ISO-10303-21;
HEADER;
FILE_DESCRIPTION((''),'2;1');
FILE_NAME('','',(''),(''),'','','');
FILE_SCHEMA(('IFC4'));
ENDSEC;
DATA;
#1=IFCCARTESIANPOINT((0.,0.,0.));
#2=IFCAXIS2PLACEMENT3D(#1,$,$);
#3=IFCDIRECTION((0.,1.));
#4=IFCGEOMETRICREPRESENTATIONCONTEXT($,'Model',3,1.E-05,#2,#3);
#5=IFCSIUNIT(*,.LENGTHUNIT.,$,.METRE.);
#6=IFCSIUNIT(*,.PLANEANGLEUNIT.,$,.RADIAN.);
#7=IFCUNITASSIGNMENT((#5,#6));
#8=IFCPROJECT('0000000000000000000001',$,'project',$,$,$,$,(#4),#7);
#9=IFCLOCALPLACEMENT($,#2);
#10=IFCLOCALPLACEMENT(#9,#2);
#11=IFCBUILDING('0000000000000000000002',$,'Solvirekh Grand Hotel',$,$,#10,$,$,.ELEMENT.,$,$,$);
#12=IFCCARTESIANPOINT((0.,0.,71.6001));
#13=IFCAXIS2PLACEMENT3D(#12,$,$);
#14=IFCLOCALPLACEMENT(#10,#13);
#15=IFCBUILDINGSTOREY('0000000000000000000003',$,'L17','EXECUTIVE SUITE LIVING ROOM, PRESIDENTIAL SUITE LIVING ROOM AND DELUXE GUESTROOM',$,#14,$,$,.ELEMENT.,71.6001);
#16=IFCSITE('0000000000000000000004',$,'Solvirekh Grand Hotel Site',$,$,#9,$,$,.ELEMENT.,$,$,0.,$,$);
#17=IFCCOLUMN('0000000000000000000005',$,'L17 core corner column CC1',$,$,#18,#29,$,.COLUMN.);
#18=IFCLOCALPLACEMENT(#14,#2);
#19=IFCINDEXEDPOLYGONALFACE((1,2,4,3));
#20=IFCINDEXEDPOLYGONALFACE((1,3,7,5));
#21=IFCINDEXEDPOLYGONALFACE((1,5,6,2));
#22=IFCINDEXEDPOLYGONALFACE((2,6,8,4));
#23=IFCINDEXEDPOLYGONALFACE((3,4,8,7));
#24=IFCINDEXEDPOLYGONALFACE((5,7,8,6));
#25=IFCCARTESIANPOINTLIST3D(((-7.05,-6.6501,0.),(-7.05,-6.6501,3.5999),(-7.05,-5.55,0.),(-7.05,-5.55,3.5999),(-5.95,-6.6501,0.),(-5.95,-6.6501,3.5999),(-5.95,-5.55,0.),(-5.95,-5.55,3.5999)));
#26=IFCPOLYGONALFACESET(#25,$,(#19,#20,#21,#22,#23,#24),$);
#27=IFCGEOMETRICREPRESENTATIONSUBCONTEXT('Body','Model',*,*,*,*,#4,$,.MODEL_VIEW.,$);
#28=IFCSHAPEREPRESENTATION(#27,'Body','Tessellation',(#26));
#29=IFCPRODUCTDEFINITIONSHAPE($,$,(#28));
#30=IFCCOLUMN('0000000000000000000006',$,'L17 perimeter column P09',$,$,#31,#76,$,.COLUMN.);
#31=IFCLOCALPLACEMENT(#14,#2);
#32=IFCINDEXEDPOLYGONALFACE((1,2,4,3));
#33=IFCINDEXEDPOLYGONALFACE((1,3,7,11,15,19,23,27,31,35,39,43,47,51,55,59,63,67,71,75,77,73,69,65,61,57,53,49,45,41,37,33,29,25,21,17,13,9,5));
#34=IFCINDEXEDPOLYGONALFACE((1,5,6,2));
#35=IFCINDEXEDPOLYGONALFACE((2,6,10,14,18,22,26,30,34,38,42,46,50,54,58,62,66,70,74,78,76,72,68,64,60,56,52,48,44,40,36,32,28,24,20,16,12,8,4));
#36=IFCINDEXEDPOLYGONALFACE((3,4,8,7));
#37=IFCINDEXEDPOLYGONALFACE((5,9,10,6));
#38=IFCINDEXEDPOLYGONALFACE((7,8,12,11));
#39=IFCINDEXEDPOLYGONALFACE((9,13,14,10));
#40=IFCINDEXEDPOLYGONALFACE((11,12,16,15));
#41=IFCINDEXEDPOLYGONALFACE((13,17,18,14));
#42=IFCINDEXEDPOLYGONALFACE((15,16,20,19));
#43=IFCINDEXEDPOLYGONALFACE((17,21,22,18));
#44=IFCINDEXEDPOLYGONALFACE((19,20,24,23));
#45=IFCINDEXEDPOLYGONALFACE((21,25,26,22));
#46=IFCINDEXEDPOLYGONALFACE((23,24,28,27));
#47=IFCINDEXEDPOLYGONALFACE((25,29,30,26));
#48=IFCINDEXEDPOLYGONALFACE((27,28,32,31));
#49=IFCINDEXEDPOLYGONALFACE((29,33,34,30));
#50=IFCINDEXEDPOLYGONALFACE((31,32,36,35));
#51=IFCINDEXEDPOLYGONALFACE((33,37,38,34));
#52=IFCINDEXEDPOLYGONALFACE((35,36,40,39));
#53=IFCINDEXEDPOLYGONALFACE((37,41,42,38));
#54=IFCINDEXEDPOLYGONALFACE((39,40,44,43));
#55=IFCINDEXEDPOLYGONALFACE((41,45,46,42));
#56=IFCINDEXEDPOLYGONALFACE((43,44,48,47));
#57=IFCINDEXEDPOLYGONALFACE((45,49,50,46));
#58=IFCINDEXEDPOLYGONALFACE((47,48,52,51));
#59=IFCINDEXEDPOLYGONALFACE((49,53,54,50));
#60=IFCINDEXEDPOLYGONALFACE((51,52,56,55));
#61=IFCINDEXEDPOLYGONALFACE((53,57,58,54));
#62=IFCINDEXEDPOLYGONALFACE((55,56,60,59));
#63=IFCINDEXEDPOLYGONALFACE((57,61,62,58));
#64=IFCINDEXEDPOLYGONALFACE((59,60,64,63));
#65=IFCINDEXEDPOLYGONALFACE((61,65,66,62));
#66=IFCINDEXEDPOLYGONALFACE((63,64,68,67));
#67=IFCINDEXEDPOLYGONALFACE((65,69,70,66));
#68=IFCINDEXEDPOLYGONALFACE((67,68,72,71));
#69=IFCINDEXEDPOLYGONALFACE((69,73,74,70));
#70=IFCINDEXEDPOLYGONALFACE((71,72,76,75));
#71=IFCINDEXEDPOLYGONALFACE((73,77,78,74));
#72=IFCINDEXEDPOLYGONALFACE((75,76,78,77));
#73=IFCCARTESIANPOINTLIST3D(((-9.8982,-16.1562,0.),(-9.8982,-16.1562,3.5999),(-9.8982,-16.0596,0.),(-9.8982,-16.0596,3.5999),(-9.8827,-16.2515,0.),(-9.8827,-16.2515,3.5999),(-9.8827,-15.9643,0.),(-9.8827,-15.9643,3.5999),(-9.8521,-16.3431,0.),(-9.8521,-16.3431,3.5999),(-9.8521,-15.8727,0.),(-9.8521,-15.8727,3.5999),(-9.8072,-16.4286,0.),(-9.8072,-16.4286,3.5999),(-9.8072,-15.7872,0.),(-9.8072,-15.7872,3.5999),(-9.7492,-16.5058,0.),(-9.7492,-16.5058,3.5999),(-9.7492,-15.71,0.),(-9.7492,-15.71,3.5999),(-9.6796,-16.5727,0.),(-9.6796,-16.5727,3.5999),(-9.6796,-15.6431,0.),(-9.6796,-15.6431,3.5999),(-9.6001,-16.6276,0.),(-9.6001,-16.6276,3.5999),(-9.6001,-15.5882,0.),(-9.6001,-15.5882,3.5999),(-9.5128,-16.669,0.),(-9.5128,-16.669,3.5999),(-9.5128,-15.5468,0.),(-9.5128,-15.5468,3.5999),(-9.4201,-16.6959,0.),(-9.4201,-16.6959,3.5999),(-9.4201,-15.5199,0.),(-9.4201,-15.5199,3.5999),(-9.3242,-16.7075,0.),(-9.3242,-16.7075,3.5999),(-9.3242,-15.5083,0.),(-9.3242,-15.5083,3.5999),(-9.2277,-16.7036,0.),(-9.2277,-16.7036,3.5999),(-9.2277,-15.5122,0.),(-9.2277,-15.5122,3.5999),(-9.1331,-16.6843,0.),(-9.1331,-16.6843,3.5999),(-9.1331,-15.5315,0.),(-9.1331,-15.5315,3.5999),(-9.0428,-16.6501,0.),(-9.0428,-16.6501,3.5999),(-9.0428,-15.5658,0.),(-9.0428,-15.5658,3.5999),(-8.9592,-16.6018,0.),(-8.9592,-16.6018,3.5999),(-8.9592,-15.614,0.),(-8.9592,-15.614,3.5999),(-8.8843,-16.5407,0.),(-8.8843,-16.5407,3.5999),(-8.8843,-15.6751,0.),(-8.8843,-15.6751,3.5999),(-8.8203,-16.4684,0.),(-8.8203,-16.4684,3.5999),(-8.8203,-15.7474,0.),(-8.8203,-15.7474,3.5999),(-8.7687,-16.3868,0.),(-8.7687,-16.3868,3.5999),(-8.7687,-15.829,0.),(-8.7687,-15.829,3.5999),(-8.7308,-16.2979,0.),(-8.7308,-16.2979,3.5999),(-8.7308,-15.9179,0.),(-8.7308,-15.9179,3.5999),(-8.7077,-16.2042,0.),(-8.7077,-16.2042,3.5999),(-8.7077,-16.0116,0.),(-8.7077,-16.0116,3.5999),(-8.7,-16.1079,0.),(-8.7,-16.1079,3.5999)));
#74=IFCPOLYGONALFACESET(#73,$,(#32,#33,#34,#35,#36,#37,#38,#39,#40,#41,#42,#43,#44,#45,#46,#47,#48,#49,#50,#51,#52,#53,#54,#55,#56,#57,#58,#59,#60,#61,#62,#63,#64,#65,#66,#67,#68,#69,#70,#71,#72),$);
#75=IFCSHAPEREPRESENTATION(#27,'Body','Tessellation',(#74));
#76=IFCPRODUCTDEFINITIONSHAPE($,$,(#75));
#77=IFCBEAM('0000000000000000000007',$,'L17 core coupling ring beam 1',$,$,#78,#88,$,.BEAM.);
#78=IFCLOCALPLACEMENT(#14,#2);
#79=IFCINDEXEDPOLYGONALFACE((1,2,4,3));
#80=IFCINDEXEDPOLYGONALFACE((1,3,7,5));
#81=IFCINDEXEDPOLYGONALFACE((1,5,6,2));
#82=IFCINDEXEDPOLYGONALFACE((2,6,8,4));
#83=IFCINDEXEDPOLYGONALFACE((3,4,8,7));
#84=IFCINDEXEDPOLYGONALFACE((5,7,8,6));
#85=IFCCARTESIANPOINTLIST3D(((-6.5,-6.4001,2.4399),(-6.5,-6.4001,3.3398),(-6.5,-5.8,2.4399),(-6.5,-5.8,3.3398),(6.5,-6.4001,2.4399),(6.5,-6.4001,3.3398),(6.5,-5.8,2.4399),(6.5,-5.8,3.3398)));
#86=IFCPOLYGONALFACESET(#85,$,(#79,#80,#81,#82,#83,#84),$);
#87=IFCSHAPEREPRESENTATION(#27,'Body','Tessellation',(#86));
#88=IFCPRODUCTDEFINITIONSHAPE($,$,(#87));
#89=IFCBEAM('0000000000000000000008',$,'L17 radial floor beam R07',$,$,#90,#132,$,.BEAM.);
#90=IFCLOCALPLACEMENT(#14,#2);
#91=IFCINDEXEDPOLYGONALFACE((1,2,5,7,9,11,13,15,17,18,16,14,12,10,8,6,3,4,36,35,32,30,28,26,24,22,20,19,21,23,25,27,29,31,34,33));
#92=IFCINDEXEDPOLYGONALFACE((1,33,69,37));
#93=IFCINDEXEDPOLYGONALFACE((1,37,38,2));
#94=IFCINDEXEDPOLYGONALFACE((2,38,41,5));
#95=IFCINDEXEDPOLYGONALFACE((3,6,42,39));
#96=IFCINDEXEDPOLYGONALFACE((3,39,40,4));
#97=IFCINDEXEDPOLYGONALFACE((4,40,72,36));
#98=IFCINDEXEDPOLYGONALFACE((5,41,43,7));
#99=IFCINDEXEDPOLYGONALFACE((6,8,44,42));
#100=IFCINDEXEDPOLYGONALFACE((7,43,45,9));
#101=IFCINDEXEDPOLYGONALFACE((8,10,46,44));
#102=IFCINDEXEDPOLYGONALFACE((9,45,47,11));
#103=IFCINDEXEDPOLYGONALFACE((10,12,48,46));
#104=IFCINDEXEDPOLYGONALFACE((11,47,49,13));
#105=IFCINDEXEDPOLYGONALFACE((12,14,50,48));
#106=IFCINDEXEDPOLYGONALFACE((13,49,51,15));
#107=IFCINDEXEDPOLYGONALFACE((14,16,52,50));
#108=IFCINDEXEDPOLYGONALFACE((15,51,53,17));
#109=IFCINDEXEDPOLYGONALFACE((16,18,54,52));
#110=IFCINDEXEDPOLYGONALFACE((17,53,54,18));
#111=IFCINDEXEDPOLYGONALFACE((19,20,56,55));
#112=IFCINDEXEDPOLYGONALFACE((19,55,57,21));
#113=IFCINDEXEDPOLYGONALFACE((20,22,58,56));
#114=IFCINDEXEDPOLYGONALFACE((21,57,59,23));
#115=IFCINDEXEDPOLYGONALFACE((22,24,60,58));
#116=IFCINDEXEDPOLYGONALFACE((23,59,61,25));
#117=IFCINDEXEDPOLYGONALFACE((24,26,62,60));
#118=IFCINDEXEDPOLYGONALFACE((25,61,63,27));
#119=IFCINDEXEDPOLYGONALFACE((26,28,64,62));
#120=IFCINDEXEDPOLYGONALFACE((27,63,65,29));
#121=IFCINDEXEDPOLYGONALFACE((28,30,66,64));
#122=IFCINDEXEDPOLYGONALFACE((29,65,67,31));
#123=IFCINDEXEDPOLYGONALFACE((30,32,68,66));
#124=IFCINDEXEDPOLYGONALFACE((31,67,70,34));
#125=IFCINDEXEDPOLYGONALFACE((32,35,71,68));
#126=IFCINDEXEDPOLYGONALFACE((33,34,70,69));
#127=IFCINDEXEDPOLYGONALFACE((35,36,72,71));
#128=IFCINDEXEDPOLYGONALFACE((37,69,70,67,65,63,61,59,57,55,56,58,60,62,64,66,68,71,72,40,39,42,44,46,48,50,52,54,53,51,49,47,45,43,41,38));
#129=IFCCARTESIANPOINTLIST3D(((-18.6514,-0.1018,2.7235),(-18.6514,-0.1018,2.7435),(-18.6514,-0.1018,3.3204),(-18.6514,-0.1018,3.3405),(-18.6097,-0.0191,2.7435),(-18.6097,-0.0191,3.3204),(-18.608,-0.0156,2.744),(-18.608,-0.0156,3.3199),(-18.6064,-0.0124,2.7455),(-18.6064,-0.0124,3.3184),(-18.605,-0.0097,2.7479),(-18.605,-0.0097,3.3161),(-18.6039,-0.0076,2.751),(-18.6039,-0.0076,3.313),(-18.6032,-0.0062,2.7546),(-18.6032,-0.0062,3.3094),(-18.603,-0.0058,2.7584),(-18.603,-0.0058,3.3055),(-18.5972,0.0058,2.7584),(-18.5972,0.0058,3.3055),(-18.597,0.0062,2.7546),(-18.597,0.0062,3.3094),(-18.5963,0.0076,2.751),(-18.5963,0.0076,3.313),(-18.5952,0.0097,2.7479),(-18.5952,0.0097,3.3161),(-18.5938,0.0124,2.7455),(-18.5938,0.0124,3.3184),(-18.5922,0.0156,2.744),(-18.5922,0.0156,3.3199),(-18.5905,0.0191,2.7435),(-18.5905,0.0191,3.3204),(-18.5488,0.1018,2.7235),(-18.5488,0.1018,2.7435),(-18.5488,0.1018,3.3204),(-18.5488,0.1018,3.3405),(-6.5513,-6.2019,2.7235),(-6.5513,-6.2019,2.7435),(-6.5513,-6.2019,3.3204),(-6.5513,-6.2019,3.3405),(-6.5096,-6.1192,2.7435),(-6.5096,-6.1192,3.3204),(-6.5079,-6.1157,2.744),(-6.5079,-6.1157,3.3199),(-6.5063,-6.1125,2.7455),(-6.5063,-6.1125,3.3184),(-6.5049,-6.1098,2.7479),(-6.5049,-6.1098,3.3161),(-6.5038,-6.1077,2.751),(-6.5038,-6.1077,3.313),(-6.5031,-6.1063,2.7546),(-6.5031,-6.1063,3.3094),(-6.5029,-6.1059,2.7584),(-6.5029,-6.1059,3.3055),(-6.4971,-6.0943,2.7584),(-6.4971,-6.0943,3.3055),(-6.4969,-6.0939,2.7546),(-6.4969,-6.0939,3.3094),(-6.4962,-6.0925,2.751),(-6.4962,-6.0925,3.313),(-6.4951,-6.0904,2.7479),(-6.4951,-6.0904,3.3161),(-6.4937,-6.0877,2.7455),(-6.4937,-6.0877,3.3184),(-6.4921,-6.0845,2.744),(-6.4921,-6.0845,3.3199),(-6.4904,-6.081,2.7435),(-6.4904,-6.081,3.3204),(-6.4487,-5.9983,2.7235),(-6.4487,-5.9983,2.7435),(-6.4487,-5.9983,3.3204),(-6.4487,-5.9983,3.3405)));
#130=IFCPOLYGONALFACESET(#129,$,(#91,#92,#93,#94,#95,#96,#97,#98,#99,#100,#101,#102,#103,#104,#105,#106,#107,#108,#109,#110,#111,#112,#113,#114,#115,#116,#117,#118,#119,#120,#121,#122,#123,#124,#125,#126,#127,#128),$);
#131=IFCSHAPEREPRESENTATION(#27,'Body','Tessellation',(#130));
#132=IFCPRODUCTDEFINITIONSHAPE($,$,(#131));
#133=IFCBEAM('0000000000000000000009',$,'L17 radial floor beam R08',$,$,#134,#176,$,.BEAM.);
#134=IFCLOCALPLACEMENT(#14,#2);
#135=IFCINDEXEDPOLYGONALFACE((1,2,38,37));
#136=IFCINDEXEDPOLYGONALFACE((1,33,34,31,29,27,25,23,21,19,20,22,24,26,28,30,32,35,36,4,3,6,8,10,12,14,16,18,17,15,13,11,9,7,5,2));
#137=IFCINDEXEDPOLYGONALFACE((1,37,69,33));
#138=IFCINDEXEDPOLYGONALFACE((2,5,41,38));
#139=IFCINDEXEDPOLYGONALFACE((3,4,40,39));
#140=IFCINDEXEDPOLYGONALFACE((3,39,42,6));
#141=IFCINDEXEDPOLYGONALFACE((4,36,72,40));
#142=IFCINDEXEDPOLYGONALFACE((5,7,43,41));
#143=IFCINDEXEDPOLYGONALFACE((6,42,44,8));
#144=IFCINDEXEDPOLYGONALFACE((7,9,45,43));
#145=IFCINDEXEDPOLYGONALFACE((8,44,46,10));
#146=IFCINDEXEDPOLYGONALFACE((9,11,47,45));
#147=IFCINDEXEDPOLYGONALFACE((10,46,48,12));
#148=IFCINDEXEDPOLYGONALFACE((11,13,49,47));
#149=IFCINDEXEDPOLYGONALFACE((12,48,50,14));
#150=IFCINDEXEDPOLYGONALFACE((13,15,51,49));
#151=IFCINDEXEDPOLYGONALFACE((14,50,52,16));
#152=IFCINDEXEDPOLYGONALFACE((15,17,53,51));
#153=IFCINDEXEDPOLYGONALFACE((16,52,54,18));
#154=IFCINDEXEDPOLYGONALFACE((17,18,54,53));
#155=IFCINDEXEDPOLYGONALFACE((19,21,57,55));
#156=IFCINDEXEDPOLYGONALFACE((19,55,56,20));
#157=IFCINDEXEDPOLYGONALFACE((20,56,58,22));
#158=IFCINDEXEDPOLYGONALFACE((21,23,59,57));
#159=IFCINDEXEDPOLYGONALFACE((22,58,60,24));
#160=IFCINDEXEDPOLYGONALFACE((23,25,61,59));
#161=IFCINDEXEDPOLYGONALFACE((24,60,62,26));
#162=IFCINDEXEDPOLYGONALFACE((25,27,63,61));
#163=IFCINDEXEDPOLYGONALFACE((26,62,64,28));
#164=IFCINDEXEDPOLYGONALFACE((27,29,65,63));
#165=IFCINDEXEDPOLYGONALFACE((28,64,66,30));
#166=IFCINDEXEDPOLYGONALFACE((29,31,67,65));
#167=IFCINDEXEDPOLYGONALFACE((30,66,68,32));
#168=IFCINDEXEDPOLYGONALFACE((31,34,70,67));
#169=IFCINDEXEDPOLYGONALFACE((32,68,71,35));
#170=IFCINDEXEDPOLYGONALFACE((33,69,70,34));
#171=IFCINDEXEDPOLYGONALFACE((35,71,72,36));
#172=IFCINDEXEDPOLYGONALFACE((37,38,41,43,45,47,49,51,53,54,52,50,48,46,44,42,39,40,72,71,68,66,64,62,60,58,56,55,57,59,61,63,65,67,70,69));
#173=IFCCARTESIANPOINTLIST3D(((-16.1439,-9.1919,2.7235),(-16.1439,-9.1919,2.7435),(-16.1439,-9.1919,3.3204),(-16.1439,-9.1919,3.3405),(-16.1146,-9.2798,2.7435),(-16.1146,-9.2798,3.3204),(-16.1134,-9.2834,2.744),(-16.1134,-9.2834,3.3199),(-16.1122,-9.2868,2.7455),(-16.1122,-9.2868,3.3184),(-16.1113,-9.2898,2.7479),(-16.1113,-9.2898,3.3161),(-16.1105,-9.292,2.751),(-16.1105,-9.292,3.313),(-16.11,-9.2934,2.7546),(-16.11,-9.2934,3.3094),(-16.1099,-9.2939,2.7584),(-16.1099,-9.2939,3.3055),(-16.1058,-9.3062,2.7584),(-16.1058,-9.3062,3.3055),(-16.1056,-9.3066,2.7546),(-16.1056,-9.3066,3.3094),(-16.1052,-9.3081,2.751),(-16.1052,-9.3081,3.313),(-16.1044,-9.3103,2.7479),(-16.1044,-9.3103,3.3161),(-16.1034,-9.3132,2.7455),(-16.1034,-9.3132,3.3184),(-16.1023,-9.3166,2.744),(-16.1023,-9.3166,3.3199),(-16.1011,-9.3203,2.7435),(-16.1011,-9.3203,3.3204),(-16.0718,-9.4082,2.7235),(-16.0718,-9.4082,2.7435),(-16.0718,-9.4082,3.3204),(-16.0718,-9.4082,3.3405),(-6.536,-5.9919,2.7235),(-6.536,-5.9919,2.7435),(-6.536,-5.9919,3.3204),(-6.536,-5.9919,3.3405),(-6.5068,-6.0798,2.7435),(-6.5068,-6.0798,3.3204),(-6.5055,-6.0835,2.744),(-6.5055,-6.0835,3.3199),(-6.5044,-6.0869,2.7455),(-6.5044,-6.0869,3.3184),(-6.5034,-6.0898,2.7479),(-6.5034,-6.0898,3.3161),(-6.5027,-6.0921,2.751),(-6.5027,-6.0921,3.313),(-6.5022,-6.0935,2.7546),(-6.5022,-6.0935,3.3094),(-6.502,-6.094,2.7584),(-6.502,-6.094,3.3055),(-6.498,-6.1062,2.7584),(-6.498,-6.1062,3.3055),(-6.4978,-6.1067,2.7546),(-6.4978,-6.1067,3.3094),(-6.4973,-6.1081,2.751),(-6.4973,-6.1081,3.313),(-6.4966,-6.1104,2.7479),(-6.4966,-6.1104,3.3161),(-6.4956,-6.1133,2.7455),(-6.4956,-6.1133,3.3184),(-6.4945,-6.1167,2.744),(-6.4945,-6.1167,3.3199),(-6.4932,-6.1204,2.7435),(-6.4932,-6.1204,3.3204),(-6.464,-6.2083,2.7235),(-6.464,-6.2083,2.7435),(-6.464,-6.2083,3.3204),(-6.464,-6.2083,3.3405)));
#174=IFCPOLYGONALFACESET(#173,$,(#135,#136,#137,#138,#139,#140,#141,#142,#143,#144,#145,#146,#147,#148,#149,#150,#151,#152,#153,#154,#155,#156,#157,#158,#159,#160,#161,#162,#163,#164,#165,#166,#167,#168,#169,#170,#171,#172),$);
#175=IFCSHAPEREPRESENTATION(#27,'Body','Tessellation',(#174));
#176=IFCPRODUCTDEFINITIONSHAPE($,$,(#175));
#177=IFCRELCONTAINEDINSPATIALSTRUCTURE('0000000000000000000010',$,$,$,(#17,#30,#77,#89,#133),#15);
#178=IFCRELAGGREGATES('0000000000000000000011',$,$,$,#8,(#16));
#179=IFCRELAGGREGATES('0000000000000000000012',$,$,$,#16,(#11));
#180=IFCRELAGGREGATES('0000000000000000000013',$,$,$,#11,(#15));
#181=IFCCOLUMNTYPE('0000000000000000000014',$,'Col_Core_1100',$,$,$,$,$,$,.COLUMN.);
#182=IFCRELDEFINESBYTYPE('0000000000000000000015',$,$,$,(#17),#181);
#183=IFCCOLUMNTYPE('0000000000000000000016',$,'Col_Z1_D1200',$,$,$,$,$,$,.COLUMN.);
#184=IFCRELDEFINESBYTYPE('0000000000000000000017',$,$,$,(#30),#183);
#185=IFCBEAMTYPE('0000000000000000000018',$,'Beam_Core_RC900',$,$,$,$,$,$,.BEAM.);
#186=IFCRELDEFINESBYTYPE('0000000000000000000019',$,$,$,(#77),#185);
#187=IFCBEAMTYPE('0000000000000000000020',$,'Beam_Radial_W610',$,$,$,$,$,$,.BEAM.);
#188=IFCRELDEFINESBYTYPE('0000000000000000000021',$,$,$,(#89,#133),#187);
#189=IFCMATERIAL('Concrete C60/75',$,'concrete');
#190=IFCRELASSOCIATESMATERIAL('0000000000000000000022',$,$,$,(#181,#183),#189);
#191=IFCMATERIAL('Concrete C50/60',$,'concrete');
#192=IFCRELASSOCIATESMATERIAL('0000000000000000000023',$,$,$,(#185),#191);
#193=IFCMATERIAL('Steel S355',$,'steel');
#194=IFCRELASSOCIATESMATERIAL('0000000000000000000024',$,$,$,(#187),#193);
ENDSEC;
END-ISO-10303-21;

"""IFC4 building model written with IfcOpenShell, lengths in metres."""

from ifc_helpers import new_model, si_unit, direction, frame, origin, origin_2d, place, context, subcontext, project, spatial, rectangle, circle, i_section, extrude, material, material_profile, profile_set, type_object, element, save


model = new_model("IFC4")

# Units and contexts
model_context = context("Model", 3, precision=1e-05, world=origin(), true_north=direction((0.0, 1.0)))
body_context = subcontext(model_context, "Body", "Model", "MODEL_VIEW")
ifc_project = project(units=[si_unit("LENGTHUNIT", "METRE"), si_unit("PLANEANGLEUNIT", "RADIAN")], contexts=[model_context])

# Site, building, storey
site_placement = place(None, origin())
site = spatial("IfcSite", under=ifc_project, at=site_placement, Name="Solvirekh Grand Hotel Site", CompositionType="ELEMENT", RefElevation=0.0)
building_placement = place(site_placement, origin())
building = spatial("IfcBuilding", under=site, at=building_placement, Name="Solvirekh Grand Hotel", CompositionType="ELEMENT")
storey_placement = place(building_placement, frame((0.0, 0.0, 71.6001)))
storey = spatial("IfcBuildingStorey", under=building, at=storey_placement, Name="L17", Description="EXECUTIVE SUITE LIVING ROOM, PRESIDENTIAL SUITE LIVING ROOM AND DELUXE GUESTROOM", CompositionType="ELEMENT", Elevation=71.6001)

# Columns
ifc_material_1 = material(Name="Concrete C60/75", Category="concrete")
ifc_material_profile_1 = material_profile(ifc_material_1, rectangle(XDim=1.1001, YDim=1.1001, at=origin_2d()), Name="RC 1100X1100")
ifc_profile_set_1 = profile_set([ifc_material_profile_1], Name="Concrete C60/75")
column_type_1 = type_object("IfcColumnType", Name="Col_Core_1100", PredefinedType="COLUMN", material=ifc_profile_set_1)
column_1_placement = place(storey_placement, frame((-6.5, -6.1001, 0.0), z_axis=(0.0, 0.0, 1.0), x_axis=(1.0, 0.0, 0.0)))
element("IfcColumn", 1, at=column_1_placement, inside=storey, type_object=column_type_1, Name="L17 core corner column CC1", PredefinedType="COLUMN", context=body_context, shape_type="SweptSolid", body=[
    extrude(rectangle(XDim=1.1001, YDim=1.1001, at=origin_2d()), origin(), (0.0, 0.0, 1.0), 3.5999),
])
ifc_material_profile_2 = material_profile(ifc_material_1, circle(Radius=0.6001, at=origin_2d()), Name="RC CIRC D1200")
ifc_profile_set_2 = profile_set([ifc_material_profile_2], Name="Concrete C60/75")
column_type_2 = type_object("IfcColumnType", Name="Col_Z1_D1200", PredefinedType="COLUMN", material=ifc_profile_set_2)
column_2_placement = place(storey_placement, frame((-9.3, -16.1079, 0.0), z_axis=(0.0, 0.0, 1.0), x_axis=(1.0, 0.0, 0.0)))
element("IfcColumn", 2, at=column_2_placement, inside=storey, type_object=column_type_2, Name="L17 perimeter column P09", PredefinedType="COLUMN", context=body_context, shape_type="SweptSolid", body=[
    extrude(circle(Radius=0.6001, at=origin_2d()), origin(), (0.0, 0.0, 1.0), 3.5999),
])

# Beams
ifc_material_2 = material(Name="Concrete C50/60", Category="concrete")
ifc_material_profile_3 = material_profile(ifc_material_2, rectangle(XDim=0.6001, YDim=0.8999, at=origin_2d()), Name="RC BEAM 600X900")
ifc_profile_set_3 = profile_set([ifc_material_profile_3], Name="Concrete C50/60")
beam_type_1 = type_object("IfcBeamType", Name="Beam_Core_RC900", PredefinedType="BEAM", material=ifc_profile_set_3)
beam_1_placement = place(storey_placement, frame((-6.5, -6.1001, 2.8899), z_axis=(1.0, 0.0, 0.0), x_axis=(0.0, 1.0, 0.0)))
element("IfcBeam", 3, at=beam_1_placement, inside=storey, type_object=beam_type_1, Name="L17 core coupling ring beam 1", PredefinedType="BEAM", context=body_context, shape_type="SweptSolid", body=[
    extrude(rectangle(XDim=0.6001, YDim=0.8999, at=origin_2d()), origin(), (0.0, 0.0, 1.0), 13.0),
])
ifc_material_3 = material(Name="Steel S355", Category="steel")
ifc_material_profile_4 = material_profile(ifc_material_3, i_section(OverallWidth=0.228, OverallDepth=0.6169, WebThickness=0.0129, FlangeThickness=0.02, FilletRadius=0.0149, at=origin_2d()), Name="W610X140")
ifc_profile_set_4 = profile_set([ifc_material_profile_4], Name="Steel S355")
beam_type_2 = type_object("IfcBeamType", Name="Beam_Radial_W610", PredefinedType="BEAM", material=ifc_profile_set_4)
beam_2_placement = place(storey_placement, frame((-6.5, -6.1001, 3.032), z_axis=(-0.892945, 0.450166, 0.0), x_axis=(-0.450166, -0.892945, 0.0)))
element("IfcBeam", 4, at=beam_2_placement, inside=storey, type_object=beam_type_2, Name="L17 radial floor beam R07", PredefinedType="BEAM", context=body_context, shape_type="SweptSolid", body=[
    extrude(i_section(OverallWidth=0.228, OverallDepth=0.6169, WebThickness=0.0129, FlangeThickness=0.02, FilletRadius=0.0149, at=origin_2d()), origin(), (0.0, 0.0, 1.0), 13.5508),
])
beam_3_placement = place(storey_placement, frame((-6.5, -6.1001, 3.032), z_axis=(-0.948763, -0.315989, 0.0), x_axis=(0.315989, -0.948763, 0.0)))
element("IfcBeam", 5, at=beam_3_placement, inside=storey, type_object=beam_type_2, Name="L17 radial floor beam R08", PredefinedType="BEAM", context=body_context, shape_type="SweptSolid", body=[
    extrude(i_section(OverallWidth=0.228, OverallDepth=0.6169, WebThickness=0.0129, FlangeThickness=0.02, FilletRadius=0.0149, at=origin_2d()), origin(), (0.0, 0.0, 1.0), 10.1267),
])

save(model, "model.ifc")
